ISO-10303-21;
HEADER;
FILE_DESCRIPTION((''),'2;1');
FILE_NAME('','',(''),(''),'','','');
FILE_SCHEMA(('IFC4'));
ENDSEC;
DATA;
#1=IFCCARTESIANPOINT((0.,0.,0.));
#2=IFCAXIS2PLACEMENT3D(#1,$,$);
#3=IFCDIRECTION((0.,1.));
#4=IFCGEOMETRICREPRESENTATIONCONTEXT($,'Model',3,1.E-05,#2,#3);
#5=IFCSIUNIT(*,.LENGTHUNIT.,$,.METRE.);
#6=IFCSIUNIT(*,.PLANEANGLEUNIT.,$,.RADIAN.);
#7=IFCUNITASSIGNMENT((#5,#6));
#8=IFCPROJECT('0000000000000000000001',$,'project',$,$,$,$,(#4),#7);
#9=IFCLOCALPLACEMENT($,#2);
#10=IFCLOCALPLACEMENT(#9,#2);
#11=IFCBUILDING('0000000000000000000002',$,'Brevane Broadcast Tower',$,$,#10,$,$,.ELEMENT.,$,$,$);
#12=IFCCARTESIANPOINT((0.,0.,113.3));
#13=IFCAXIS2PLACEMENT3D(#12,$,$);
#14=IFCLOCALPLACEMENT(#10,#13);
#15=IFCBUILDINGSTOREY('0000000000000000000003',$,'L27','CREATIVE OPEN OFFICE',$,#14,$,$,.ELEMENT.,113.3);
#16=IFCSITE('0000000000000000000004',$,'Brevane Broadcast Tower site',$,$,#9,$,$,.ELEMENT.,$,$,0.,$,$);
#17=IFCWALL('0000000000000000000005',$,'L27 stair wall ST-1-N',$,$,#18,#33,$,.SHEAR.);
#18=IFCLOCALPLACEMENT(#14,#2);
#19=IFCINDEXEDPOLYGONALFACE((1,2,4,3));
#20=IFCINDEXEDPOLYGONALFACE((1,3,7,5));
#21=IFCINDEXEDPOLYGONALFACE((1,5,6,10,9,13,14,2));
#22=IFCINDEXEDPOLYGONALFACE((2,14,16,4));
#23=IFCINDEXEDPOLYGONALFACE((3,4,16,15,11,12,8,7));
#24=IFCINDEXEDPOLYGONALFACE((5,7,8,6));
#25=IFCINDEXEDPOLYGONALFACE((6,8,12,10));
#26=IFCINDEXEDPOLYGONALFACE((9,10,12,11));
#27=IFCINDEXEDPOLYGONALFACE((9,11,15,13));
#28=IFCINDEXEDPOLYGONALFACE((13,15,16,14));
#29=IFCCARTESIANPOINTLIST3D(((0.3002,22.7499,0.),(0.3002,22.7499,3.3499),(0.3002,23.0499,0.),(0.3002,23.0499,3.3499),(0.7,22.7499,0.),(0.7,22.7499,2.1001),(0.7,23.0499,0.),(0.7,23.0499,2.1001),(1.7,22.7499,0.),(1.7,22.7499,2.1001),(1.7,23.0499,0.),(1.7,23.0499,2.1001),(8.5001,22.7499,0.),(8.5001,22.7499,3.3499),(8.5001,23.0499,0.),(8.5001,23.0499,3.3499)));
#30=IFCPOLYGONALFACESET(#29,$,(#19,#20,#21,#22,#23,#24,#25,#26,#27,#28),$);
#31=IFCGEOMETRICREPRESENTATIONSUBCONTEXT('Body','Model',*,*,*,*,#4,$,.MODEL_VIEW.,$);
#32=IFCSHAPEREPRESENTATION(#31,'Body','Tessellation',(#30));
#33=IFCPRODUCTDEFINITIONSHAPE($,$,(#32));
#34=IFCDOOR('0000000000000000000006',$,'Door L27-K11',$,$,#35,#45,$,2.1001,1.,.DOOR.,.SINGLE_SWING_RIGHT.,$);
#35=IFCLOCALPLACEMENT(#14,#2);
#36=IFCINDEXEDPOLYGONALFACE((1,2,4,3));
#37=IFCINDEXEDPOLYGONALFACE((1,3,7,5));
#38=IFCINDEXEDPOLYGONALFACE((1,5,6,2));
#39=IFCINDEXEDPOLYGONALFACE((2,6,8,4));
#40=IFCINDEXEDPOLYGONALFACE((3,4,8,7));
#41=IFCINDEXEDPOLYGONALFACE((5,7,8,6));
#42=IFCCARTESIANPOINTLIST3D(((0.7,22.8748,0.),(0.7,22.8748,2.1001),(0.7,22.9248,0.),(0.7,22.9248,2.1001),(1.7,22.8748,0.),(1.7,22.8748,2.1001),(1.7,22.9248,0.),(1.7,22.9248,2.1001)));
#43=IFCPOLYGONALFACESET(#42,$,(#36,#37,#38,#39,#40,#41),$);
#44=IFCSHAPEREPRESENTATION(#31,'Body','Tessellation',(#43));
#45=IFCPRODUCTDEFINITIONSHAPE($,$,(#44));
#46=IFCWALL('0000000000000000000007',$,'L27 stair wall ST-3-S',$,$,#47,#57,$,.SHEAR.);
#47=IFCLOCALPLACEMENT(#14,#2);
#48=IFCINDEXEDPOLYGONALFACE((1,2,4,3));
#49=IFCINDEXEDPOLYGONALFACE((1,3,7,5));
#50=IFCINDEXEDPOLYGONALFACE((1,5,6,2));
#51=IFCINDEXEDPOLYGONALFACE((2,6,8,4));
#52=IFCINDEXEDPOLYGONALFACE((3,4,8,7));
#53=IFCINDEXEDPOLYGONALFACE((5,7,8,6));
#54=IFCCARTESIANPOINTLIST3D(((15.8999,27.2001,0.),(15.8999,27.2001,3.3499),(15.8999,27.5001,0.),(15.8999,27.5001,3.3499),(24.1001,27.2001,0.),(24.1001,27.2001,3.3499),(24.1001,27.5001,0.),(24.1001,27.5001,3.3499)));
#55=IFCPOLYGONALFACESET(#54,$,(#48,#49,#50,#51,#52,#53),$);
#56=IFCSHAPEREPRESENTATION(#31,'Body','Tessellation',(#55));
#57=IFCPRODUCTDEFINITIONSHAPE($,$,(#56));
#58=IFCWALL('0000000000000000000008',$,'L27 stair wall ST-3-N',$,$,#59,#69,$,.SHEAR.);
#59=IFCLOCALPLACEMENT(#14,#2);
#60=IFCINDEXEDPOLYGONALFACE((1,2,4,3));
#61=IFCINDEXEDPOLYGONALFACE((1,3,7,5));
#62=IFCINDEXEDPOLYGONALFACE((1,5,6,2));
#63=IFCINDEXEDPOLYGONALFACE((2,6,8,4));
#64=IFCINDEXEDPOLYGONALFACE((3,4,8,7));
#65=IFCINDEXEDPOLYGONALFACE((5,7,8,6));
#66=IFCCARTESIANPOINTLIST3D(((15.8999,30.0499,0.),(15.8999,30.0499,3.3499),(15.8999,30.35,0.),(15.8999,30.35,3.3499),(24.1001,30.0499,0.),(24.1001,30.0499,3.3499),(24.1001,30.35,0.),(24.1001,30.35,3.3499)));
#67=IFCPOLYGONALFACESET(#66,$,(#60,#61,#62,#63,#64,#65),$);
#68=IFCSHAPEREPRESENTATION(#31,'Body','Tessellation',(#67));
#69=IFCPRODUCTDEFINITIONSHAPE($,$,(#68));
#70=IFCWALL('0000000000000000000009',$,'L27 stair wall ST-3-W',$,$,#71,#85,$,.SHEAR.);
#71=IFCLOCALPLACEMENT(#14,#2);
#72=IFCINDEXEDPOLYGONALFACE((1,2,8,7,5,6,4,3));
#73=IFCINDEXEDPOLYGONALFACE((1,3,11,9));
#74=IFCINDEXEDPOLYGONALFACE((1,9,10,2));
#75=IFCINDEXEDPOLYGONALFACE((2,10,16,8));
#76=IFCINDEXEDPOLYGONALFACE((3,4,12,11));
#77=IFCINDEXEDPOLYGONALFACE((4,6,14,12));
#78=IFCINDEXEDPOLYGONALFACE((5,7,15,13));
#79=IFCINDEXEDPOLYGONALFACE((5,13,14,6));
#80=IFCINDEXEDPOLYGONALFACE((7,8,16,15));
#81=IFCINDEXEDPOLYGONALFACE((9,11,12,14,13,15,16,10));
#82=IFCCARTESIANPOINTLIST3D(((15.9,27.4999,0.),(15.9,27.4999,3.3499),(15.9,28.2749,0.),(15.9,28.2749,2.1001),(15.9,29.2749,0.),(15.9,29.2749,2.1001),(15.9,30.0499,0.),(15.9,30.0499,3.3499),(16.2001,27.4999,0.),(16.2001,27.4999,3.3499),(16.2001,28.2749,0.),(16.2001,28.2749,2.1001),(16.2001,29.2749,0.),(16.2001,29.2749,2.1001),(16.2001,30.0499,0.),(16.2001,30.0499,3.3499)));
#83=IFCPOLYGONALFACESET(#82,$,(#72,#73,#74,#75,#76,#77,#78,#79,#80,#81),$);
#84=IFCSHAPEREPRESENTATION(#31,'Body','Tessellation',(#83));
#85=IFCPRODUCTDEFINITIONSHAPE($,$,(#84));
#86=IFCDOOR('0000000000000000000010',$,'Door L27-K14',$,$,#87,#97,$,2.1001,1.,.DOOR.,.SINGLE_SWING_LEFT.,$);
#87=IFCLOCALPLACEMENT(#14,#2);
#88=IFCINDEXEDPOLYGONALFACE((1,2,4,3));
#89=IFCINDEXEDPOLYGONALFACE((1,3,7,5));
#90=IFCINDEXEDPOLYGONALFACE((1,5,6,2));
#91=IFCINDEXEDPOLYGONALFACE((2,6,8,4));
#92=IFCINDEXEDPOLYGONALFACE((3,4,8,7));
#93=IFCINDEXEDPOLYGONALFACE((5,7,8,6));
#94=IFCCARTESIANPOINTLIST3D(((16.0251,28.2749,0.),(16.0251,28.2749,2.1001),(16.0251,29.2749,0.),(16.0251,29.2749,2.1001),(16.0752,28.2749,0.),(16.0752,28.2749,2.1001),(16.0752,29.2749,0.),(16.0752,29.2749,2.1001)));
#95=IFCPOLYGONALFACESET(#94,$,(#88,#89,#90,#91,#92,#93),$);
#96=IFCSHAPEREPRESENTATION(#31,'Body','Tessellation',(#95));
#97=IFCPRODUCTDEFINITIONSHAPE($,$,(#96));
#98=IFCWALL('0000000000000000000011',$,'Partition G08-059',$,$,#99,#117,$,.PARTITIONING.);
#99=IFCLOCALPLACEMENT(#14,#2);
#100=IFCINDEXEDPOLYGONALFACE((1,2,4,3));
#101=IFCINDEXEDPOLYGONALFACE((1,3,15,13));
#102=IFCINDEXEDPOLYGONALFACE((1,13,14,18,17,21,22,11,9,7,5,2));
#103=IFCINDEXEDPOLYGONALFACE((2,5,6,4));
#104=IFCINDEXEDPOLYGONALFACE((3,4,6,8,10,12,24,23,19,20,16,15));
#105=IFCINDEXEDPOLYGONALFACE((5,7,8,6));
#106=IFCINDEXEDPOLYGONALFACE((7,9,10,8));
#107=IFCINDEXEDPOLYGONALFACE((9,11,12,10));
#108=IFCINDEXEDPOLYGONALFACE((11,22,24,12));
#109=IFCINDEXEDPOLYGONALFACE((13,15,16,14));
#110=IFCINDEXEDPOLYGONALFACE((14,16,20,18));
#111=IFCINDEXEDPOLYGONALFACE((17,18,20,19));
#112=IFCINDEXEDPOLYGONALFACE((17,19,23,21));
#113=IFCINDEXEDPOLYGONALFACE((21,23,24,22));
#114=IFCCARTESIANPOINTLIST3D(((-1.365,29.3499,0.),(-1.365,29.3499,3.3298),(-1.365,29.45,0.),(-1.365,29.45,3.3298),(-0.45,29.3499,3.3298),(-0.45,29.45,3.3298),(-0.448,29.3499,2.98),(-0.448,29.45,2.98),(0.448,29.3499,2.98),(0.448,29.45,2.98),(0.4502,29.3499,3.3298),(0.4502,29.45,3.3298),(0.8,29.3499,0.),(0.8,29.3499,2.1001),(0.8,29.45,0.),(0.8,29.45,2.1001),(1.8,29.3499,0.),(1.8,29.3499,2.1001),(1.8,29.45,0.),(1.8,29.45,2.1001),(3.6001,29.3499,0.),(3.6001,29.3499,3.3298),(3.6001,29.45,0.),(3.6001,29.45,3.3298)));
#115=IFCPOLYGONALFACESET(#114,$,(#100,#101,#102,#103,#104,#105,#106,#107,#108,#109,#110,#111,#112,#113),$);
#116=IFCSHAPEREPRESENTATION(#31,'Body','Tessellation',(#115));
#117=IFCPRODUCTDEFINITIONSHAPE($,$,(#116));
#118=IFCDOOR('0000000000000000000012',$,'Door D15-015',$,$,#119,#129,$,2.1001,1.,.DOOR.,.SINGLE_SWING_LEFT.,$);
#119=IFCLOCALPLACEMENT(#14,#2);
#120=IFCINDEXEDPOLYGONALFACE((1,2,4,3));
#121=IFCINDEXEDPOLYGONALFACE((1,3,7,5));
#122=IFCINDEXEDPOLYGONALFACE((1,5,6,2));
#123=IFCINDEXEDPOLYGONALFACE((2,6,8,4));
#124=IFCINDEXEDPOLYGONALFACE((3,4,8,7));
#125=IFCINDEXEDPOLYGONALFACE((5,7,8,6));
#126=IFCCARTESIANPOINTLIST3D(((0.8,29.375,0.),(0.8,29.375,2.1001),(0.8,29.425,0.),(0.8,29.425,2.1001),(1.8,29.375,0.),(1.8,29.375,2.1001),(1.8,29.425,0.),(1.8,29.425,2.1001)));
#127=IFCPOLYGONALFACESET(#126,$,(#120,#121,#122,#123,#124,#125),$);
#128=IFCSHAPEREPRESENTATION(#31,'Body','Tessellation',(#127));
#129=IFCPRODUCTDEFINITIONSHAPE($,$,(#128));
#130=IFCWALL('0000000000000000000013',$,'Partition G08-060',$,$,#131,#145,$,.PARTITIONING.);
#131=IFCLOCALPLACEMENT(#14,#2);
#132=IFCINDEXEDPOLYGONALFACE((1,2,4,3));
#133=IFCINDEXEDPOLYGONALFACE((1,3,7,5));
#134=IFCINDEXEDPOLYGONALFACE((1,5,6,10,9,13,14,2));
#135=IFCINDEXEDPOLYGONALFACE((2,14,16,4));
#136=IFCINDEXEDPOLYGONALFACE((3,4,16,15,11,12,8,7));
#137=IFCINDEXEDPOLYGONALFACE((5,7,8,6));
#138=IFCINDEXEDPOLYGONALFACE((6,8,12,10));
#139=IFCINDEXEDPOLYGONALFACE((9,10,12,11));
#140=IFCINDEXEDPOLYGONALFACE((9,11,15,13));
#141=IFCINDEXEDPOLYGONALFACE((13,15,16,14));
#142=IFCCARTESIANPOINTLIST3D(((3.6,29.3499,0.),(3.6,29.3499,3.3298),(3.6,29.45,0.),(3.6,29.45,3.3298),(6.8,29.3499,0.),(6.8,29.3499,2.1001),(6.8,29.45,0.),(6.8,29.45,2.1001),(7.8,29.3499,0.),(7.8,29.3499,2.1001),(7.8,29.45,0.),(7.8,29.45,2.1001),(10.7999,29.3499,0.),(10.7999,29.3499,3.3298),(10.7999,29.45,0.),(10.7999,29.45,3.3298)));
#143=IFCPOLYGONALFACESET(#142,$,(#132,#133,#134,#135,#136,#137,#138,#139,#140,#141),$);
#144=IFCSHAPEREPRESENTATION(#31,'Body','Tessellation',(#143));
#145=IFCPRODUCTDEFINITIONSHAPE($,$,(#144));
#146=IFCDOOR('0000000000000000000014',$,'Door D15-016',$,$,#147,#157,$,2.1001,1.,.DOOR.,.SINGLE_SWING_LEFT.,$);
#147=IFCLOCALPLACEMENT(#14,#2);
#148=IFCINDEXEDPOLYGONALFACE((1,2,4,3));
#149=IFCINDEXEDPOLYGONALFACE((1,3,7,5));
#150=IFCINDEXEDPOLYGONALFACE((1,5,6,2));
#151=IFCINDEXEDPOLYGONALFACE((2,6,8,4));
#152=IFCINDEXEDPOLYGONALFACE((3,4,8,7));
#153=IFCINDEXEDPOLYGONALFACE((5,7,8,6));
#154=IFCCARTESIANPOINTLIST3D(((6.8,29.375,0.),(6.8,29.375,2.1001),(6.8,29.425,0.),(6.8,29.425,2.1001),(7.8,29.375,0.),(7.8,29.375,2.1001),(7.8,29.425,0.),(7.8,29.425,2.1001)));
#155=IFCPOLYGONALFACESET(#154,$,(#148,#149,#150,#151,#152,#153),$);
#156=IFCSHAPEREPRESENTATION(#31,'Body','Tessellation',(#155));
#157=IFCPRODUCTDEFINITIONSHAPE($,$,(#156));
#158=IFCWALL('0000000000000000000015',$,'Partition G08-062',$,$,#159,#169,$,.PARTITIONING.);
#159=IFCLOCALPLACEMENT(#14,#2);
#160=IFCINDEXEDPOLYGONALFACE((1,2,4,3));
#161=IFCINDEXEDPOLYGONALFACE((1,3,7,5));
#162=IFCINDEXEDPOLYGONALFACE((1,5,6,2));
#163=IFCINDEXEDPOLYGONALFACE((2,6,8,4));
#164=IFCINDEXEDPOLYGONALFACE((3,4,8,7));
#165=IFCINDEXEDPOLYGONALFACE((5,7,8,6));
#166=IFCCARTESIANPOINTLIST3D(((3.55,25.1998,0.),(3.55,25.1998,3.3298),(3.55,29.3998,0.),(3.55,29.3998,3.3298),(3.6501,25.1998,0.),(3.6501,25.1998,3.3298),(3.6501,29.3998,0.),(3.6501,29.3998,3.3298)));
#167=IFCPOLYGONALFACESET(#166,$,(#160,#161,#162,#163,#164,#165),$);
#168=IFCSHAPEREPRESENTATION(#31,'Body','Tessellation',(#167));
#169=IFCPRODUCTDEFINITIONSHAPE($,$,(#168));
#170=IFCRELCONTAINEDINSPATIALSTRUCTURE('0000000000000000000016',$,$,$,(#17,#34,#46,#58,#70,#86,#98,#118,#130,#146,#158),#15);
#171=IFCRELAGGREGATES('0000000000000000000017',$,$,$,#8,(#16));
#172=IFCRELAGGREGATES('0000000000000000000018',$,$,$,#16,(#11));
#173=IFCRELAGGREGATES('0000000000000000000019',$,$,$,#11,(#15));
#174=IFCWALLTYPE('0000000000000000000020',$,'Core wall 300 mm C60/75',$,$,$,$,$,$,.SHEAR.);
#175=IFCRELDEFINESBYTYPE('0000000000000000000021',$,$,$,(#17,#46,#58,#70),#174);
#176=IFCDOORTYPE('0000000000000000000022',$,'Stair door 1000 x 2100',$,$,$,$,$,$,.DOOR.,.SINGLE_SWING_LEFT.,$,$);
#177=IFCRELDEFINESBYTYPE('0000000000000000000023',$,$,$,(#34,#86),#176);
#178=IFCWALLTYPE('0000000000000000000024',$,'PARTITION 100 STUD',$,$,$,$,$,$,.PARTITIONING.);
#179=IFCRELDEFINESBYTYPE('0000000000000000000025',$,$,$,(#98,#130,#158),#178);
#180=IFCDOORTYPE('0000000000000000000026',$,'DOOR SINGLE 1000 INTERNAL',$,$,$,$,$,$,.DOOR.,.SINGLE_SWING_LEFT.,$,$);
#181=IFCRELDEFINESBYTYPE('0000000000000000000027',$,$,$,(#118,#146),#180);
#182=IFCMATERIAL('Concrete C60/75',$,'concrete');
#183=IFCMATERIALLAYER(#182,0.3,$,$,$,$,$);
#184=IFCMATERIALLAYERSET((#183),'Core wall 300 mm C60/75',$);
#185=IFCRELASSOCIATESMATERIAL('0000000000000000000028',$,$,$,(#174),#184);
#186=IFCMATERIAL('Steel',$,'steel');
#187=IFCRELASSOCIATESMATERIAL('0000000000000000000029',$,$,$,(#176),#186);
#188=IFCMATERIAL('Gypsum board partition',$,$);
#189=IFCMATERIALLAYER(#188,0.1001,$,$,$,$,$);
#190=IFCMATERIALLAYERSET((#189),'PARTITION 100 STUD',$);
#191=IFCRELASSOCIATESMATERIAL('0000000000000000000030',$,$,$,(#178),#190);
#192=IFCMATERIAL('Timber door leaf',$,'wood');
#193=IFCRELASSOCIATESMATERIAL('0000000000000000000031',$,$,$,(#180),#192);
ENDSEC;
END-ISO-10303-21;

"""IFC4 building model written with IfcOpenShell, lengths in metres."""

from ifc_helpers import new_model, si_unit, direction, frame, frame_2d, origin, place, context, subcontext, project, spatial, polyline, rectangle, outline, extrude, material, layer, layer_set, type_object, element, fill, save


model = new_model("IFC4")

# Units and contexts
model_context = context("Model", 3, precision=1e-05, world=origin(), true_north=direction((0.0, 1.0)))
body_context = subcontext(model_context, "Body", "Model", "MODEL_VIEW")
ifc_project = project(units=[si_unit("LENGTHUNIT", "METRE"), si_unit("PLANEANGLEUNIT", "RADIAN")], contexts=[model_context])

# Site, building, storey
site_placement = place(None, origin())
site = spatial("IfcSite", under=ifc_project, at=site_placement, Name="Brevane Broadcast Tower site", CompositionType="ELEMENT", RefElevation=0.0)
building_placement = place(site_placement, origin())
building = spatial("IfcBuilding", under=site, at=building_placement, Name="Brevane Broadcast Tower", CompositionType="ELEMENT")
storey_placement = place(building_placement, frame((0.0, 0.0, 113.3)))
storey = spatial("IfcBuildingStorey", under=building, at=storey_placement, Name="L27", Description="CREATIVE OPEN OFFICE", CompositionType="ELEMENT", Elevation=113.3)

# Shared definitions
ifc_material_1 = material(Name="Concrete C60/75", Category="concrete")

# Wall, opening, door
ifc_layer_1 = layer(ifc_material_1, 0.3)
ifc_layer_set_1 = layer_set([ifc_layer_1], Name="Core wall 300 mm C60/75")
wall_type_1 = type_object("IfcWallType", Name="Core wall 300 mm C60/75", PredefinedType="SHEAR", material=ifc_layer_set_1)
wall_1_placement = place(storey_placement, frame((0.3, 22.8999, 0.0), z_axis=(0.0, 0.0, 1.0), x_axis=(1.0, 0.0, 0.0)))
wall_1 = element("IfcWall", 1, at=wall_1_placement, inside=storey, type_object=wall_type_1, Name="L27 stair wall ST-1-N", PredefinedType="SHEAR", context=body_context, shape_type="SweptSolid", body=[
    extrude(rectangle(XDim=8.2, YDim=0.3, at=frame_2d((4.1001, 0.0))), origin(), (0.0, 0.0, 1.0), 3.3499),
])
opening_1_placement = place(wall_1_placement, frame((0.3999, 0.0, 0.0)))
opening_1 = element("IfcOpeningElement", 2, at=opening_1_placement, cuts=wall_1, PredefinedType="OPENING", context=body_context, shape_type="SweptSolid", body=[
    extrude(rectangle(XDim=1.0, YDim=2.1001, at=frame_2d((0.5, 1.05))), frame((0.0, 0.1599, 0.0), z_axis=(0.0, -1.0, 0.0), x_axis=(1.0, 0.0, 0.0)), (0.0, 0.0, 1.0), 0.3201),
])
ifc_material_2 = material(Name="Steel", Category="steel")
door_type_1 = type_object("IfcDoorType", Name="Stair door 1000 x 2100", OperationType="SINGLE_SWING_LEFT", PredefinedType="DOOR", material=ifc_material_2)
door_1_placement = place(opening_1_placement, origin())
door_1 = element("IfcDoor", 3, at=door_1_placement, inside=storey, type_object=door_type_1, Name="Door L27-K11", OperationType="SINGLE_SWING_RIGHT", OverallHeight=2.1001, OverallWidth=1.0, PredefinedType="DOOR", context=body_context, shape_type="SweptSolid", body=[
    extrude(rectangle(XDim=1.0, YDim=2.1001, at=frame_2d((0.5, 1.05))), frame((0.0, 0.0249, 0.0), z_axis=(0.0, -1.0, 0.0), x_axis=(1.0, 0.0, 0.0)), (0.0, 0.0, 1.0), 0.05),
])
fill(opening_1, door_1)

# Walls
for number, where, z_axis, x_axis, name in (
    (4, (15.8999, 27.3501, 0.0), (0.0, 0.0, 1.0), (1.0, 0.0, 0.0), "L27 stair wall ST-3-S"),
    (5, (15.8999, 30.2, 0.0), (0.0, 0.0, 1.0), (1.0, 0.0, 0.0), "L27 stair wall ST-3-N"),
):
    element("IfcWall", number, at=place(storey_placement, frame(where, z_axis=z_axis, x_axis=x_axis)), inside=storey, type_object=wall_type_1, Name=name, PredefinedType="SHEAR", context=body_context, shape_type="SweptSolid", body=[
        extrude(rectangle(XDim=8.2002, YDim=0.3, at=frame_2d((4.1001, 0.0))), origin(), (0.0, 0.0, 1.0), 3.3499),
    ])

# Walls, openings, doors
wall_2_placement = place(storey_placement, frame((16.05, 27.5, 0.0), z_axis=(0.0, 0.0, 1.0), x_axis=(0.0, 1.0, 0.0)))
wall_2 = element("IfcWall", 6, at=wall_2_placement, inside=storey, type_object=wall_type_1, Name="L27 stair wall ST-3-W", PredefinedType="SHEAR", context=body_context, shape_type="SweptSolid", body=[
    extrude(rectangle(XDim=2.55, YDim=0.3, at=frame_2d((1.2749, 0.0))), origin(), (0.0, 0.0, 1.0), 3.3499),
])
opening_2_placement = place(wall_2_placement, frame((0.7749, 0.0, 0.0)))
opening_2 = element("IfcOpeningElement", 7, at=opening_2_placement, cuts=wall_2, PredefinedType="OPENING", context=body_context, shape_type="SweptSolid", body=[
    extrude(rectangle(XDim=1.0, YDim=2.1001, at=frame_2d((0.5, 1.05))), frame((0.0, 0.1599, 0.0), z_axis=(0.0, -1.0, 0.0), x_axis=(1.0, 0.0, 0.0)), (0.0, 0.0, 1.0), 0.3201),
])
door_2_placement = place(opening_2_placement, origin())
door_2 = element("IfcDoor", 8, at=door_2_placement, inside=storey, type_object=door_type_1, Name="Door L27-K14", OperationType="SINGLE_SWING_LEFT", OverallHeight=2.1001, OverallWidth=1.0, PredefinedType="DOOR", context=body_context, shape_type="SweptSolid", body=[
    extrude(rectangle(XDim=1.0, YDim=2.1001, at=frame_2d((0.5, 1.05))), frame((0.0, 0.0249, 0.0), z_axis=(0.0, -1.0, 0.0), x_axis=(1.0, 0.0, 0.0)), (0.0, 0.0, 1.0), 0.05),
])
fill(opening_2, door_2)
ifc_material_3 = material(Name="Gypsum board partition")
ifc_layer_2 = layer(ifc_material_3, 0.1001)
ifc_layer_set_2 = layer_set([ifc_layer_2], Name="PARTITION 100 STUD")
wall_type_2 = type_object("IfcWallType", Name="PARTITION 100 STUD", PredefinedType="PARTITIONING", material=ifc_layer_set_2)
wall_3_placement = place(storey_placement, frame((3.6001, 29.3999, 0.0), z_axis=(0.0, 0.0, 1.0), x_axis=(-1.0, 0.0, 0.0)))
wall_3 = element("IfcWall", 9, at=wall_3_placement, inside=storey, type_object=wall_type_2, Name="Partition G08-059", PredefinedType="PARTITIONING", context=body_context, shape_type="SweptSolid", body=[
    extrude(outline(polyline([(0.0, 0.0), (4.9651, 0.0), (4.9651, 3.3298), (4.7, 3.3298), (4.05, 3.3298), (4.0481, 2.98), (3.1521, 2.98), (3.1499, 3.3298), (0.0, 3.3298), (0.0, 0.0)])), frame((0.0, 0.05, 0.0), z_axis=(0.0, -1.0, 0.0), x_axis=(1.0, 0.0, 0.0)), (0.0, 0.0, 1.0), 0.1001),
])
opening_3_placement = place(wall_3_placement, frame((1.8, 0.0, 0.0)))
opening_3 = element("IfcOpeningElement", 10, at=opening_3_placement, cuts=wall_3, PredefinedType="OPENING", context=body_context, shape_type="SweptSolid", body=[
    extrude(rectangle(XDim=1.0, YDim=2.1001, at=frame_2d((0.5, 1.05))), frame((0.0, 0.0601, 0.0), z_axis=(0.0, -1.0, 0.0), x_axis=(1.0, 0.0, 0.0)), (0.0, 0.0, 1.0), 0.1201),
])
ifc_material_4 = material(Name="Timber door leaf", Category="wood")
door_type_2 = type_object("IfcDoorType", Name="DOOR SINGLE 1000 INTERNAL", OperationType="SINGLE_SWING_LEFT", PredefinedType="DOOR", material=ifc_material_4)
door_3_placement = place(opening_3_placement, origin())
door_3 = element("IfcDoor", 11, at=door_3_placement, inside=storey, type_object=door_type_2, Name="Door D15-015", OperationType="SINGLE_SWING_LEFT", OverallHeight=2.1001, OverallWidth=1.0, PredefinedType="DOOR", context=body_context, shape_type="SweptSolid", body=[
    extrude(rectangle(XDim=1.0, YDim=2.1001, at=frame_2d((0.5, 1.05))), frame((0.0, 0.0249, 0.0), z_axis=(0.0, -1.0, 0.0), x_axis=(1.0, 0.0, 0.0)), (0.0, 0.0, 1.0), 0.05),
])
fill(opening_3, door_3)
wall_4_placement = place(storey_placement, frame((10.8, 29.3999, 0.0), z_axis=(0.0, 0.0, 1.0), x_axis=(-1.0, 0.0, 0.0)))
wall_4 = element("IfcWall", 12, at=wall_4_placement, inside=storey, type_object=wall_type_2, Name="Partition G08-060", PredefinedType="PARTITIONING", context=body_context, shape_type="SweptSolid", body=[
    extrude(rectangle(XDim=7.2, YDim=0.1001, at=frame_2d((3.6001, 0.0))), origin(), (0.0, 0.0, 1.0), 3.3298),
])
opening_4_placement = place(wall_4_placement, frame((3.0, 0.0, 0.0)))
opening_4 = element("IfcOpeningElement", 13, at=opening_4_placement, cuts=wall_4, PredefinedType="OPENING", context=body_context, shape_type="SweptSolid", body=[
    extrude(rectangle(XDim=1.0, YDim=2.1001, at=frame_2d((0.5, 1.05))), frame((0.0, 0.0601, 0.0), z_axis=(0.0, -1.0, 0.0), x_axis=(1.0, 0.0, 0.0)), (0.0, 0.0, 1.0), 0.1201),
])
door_4_placement = place(opening_4_placement, origin())
door_4 = element("IfcDoor", 14, at=door_4_placement, inside=storey, type_object=door_type_2, Name="Door D15-016", OperationType="SINGLE_SWING_LEFT", OverallHeight=2.1001, OverallWidth=1.0, PredefinedType="DOOR", context=body_context, shape_type="SweptSolid", body=[
    extrude(rectangle(XDim=1.0, YDim=2.1001, at=frame_2d((0.5, 1.05))), frame((0.0, 0.0249, 0.0), z_axis=(0.0, -1.0, 0.0), x_axis=(1.0, 0.0, 0.0)), (0.0, 0.0, 1.0), 0.05),
])
fill(opening_4, door_4)

# Wall
wall_5_placement = place(storey_placement, frame((3.6001, 29.3999, 0.0), z_axis=(0.0, 0.0, 1.0), x_axis=(0.0, -1.0, 0.0)))
element("IfcWall", 15, at=wall_5_placement, inside=storey, type_object=wall_type_2, Name="Partition G08-062", PredefinedType="PARTITIONING", context=body_context, shape_type="SweptSolid", body=[
    extrude(rectangle(XDim=4.2, YDim=0.1001, at=frame_2d((2.1001, 0.0))), origin(), (0.0, 0.0, 1.0), 3.3298),
])

save(model, "model.ifc")
